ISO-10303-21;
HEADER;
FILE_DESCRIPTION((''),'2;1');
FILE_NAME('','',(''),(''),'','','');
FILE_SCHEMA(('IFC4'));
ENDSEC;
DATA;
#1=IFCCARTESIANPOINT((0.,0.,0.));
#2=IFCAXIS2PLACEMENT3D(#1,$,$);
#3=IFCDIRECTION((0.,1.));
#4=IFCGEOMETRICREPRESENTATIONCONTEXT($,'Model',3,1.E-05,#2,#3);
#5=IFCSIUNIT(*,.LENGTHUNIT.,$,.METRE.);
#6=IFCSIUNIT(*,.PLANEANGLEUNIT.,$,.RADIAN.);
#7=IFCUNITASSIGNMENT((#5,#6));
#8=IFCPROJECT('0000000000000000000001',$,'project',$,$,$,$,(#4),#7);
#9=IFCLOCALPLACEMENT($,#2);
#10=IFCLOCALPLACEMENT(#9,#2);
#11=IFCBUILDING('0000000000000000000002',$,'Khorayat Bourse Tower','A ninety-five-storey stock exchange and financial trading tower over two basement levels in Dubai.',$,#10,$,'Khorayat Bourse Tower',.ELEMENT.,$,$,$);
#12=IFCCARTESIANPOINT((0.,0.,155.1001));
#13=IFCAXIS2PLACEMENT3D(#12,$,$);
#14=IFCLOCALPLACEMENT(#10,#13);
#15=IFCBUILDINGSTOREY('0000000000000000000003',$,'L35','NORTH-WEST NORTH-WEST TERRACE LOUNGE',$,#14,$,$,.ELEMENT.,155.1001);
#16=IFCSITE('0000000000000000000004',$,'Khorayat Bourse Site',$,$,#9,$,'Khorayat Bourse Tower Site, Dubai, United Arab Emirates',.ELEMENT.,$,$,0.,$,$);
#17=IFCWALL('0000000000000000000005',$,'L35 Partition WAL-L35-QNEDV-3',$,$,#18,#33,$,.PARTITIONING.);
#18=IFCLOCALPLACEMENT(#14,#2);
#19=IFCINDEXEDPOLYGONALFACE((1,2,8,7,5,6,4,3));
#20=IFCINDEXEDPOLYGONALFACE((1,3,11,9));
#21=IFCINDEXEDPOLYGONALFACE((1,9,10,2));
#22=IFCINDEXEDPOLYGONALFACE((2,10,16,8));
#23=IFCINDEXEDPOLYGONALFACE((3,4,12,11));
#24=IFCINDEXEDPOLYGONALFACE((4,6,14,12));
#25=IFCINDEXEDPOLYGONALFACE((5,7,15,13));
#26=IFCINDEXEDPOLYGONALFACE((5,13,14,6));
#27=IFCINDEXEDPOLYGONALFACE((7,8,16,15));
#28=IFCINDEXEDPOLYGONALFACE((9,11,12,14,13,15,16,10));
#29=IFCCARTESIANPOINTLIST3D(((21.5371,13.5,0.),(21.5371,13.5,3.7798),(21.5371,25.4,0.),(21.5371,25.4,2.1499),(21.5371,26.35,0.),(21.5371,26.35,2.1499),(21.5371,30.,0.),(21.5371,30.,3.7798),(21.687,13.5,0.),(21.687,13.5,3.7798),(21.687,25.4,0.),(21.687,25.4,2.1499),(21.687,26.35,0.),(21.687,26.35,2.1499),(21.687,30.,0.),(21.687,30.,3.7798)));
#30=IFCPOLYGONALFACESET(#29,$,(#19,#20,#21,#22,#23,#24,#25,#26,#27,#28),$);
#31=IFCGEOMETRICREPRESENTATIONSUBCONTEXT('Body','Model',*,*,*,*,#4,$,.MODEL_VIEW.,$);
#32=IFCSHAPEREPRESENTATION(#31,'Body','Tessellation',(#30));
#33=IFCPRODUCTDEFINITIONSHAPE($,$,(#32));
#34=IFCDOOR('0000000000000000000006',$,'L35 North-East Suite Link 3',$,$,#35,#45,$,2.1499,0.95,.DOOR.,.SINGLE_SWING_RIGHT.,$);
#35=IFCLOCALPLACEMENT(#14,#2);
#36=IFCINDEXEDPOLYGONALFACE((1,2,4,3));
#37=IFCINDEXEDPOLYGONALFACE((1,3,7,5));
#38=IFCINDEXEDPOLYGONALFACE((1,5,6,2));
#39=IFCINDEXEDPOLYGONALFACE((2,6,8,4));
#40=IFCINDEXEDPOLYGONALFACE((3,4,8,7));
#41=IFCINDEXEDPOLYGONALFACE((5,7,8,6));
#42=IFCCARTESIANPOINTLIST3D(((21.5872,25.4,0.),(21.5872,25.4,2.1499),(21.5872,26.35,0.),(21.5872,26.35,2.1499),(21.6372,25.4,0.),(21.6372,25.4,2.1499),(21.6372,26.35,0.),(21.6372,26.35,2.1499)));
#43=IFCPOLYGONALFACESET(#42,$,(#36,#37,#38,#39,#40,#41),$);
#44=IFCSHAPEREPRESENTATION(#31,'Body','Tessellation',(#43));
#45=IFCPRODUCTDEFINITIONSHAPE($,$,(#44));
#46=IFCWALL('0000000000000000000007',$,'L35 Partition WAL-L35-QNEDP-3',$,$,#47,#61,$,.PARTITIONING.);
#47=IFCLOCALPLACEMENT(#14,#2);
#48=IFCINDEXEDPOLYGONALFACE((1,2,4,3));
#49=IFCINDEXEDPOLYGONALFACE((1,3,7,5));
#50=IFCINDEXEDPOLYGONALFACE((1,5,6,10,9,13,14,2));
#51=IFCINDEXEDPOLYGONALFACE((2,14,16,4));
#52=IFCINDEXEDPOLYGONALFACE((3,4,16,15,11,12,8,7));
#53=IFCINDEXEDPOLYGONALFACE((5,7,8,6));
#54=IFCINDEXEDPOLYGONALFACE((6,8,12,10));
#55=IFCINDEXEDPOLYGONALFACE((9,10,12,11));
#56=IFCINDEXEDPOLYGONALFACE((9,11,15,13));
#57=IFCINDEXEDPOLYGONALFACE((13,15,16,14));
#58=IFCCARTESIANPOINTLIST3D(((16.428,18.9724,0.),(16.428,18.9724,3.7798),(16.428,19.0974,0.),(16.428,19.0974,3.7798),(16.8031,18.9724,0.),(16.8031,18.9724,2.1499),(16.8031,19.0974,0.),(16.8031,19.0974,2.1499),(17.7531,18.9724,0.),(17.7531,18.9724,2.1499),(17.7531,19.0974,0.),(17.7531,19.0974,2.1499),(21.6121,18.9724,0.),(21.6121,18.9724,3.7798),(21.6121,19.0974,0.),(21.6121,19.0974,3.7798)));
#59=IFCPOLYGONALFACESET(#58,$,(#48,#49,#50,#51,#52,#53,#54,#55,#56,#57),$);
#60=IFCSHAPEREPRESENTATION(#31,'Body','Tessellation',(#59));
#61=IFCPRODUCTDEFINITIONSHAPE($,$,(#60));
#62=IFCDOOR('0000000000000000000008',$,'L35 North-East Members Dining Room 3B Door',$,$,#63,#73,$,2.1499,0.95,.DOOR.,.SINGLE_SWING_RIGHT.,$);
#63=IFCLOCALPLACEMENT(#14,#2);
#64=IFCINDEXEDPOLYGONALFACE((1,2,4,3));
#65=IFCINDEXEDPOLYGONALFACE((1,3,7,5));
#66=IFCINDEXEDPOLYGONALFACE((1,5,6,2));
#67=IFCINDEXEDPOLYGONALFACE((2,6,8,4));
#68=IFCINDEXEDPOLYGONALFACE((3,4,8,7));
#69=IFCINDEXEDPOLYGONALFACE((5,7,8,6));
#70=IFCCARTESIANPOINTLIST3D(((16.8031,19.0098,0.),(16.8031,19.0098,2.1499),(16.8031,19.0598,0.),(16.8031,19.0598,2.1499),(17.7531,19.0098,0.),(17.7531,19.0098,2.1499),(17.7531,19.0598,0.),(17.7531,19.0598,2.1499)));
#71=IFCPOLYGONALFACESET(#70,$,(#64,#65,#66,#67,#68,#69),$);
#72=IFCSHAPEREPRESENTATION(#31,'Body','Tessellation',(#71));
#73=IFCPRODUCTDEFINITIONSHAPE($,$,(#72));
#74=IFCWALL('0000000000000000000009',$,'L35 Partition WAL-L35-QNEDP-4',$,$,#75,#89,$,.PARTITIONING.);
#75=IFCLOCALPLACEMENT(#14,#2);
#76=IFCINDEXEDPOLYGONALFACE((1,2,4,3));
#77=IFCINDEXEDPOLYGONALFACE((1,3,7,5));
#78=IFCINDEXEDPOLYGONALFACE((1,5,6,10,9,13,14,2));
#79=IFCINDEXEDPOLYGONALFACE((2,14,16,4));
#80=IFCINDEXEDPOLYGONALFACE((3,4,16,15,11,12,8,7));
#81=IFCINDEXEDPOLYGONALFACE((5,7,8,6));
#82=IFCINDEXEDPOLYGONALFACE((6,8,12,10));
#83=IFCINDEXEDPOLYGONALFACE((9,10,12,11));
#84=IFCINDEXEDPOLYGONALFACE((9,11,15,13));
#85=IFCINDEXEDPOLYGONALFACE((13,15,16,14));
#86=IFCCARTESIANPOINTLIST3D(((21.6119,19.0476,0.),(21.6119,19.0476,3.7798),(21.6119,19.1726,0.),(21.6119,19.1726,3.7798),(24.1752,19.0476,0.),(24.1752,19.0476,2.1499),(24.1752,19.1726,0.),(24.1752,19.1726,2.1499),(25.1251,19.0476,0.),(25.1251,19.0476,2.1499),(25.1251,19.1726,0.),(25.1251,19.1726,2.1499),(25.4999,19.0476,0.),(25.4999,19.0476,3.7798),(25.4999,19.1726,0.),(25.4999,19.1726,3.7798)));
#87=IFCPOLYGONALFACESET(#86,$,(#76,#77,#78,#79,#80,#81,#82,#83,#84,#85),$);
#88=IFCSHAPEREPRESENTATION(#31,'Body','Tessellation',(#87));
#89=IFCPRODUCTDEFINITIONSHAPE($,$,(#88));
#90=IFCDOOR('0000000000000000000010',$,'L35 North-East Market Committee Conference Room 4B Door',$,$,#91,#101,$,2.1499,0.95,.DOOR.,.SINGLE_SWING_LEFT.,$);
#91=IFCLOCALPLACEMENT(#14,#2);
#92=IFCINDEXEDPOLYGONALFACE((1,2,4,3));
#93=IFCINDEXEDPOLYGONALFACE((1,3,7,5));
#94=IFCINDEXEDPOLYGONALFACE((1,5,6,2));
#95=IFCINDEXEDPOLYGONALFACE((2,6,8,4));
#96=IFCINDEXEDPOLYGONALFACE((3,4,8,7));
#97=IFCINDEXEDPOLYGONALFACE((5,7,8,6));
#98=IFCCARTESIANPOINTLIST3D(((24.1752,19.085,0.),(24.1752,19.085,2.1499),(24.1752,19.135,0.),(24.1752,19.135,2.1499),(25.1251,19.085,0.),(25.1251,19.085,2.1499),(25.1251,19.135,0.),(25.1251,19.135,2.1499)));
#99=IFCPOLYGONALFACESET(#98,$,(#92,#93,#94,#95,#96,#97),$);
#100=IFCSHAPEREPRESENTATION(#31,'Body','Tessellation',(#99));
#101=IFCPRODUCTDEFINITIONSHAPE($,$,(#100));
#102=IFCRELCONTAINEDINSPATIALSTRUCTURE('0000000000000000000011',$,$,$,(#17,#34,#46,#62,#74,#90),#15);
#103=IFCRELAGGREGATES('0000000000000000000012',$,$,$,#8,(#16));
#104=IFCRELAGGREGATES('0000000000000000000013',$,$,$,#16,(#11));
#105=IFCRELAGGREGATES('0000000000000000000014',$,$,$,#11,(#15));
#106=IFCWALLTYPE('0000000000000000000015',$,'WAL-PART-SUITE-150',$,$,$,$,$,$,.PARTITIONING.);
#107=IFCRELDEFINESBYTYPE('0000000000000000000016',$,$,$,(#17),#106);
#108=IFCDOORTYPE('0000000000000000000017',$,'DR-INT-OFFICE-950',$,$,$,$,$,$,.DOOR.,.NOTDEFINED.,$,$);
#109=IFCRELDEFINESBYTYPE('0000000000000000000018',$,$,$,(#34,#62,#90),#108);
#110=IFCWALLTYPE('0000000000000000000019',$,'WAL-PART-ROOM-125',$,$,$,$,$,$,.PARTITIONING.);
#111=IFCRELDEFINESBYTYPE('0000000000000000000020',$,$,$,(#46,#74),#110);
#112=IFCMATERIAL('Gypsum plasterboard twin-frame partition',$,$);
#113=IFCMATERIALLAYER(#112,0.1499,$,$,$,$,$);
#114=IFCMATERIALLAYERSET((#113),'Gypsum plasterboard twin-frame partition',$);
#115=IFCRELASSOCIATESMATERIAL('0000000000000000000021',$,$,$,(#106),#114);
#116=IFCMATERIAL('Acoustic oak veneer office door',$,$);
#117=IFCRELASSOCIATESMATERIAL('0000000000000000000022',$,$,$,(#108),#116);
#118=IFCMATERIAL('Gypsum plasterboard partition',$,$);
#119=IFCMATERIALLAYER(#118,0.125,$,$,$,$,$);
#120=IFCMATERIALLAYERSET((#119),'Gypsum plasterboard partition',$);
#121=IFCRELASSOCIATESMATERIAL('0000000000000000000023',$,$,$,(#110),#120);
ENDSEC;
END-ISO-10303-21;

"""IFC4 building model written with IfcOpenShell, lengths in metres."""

from ifc_helpers import new_model, si_unit, direction, frame, frame_2d, origin, place, context, subcontext, project, spatial, rectangle, extrude, source, transform, mapped, material, layer, layer_set, type_object, element, fill, save


model = new_model("IFC4")

# Units and contexts
model_context = context("Model", 3, precision=1e-05, world=origin(), true_north=direction((0.0, 1.0)))
body_context = subcontext(model_context, "Body", "Model", "MODEL_VIEW")
ifc_project = project(units=[si_unit("LENGTHUNIT", "METRE"), si_unit("PLANEANGLEUNIT", "RADIAN")], contexts=[model_context])

# Site, building, storey
site_placement = place(None, origin())
site = spatial("IfcSite", under=ifc_project, at=site_placement, Name="Khorayat Bourse Site", LongName="Khorayat Bourse Tower Site, Dubai, United Arab Emirates", CompositionType="ELEMENT", RefElevation=0.0)
building_placement = place(site_placement, origin())
building = spatial("IfcBuilding", under=site, at=building_placement, Name="Khorayat Bourse Tower", Description="A ninety-five-storey stock exchange and financial trading tower over two basement levels in Dubai.", LongName="Khorayat Bourse Tower", CompositionType="ELEMENT")
storey_placement = place(building_placement, frame((0.0, 0.0, 155.1001)))
storey = spatial("IfcBuildingStorey", under=building, at=storey_placement, Name="L35", Description="NORTH-WEST NORTH-WEST TERRACE LOUNGE", CompositionType="ELEMENT", Elevation=155.1001)

# Walls, openings, doors
ifc_material_1 = material(Name="Gypsum plasterboard twin-frame partition")
ifc_layer_1 = layer(ifc_material_1, 0.1499)
ifc_layer_set_1 = layer_set([ifc_layer_1], Name="Gypsum plasterboard twin-frame partition")
wall_type_1 = type_object("IfcWallType", Name="WAL-PART-SUITE-150", PredefinedType="PARTITIONING", material=ifc_layer_set_1)
shared_shape_1 = source(origin(), body_context, "Body", "SweptSolid", [
    extrude(rectangle(XDim=16.5, YDim=0.1499, at=frame_2d((8.25, 0.0))), origin(), (0.0, 0.0, 1.0), 3.7798),
])
shared_shape_2 = source(origin(), body_context, "Body", "SweptSolid", [
    extrude(rectangle(XDim=0.95, YDim=2.1499, at=frame_2d((0.4751, 1.075))), frame((0.0, 0.085, 0.0), z_axis=(0.0, -1.0, 0.0), x_axis=(1.0, 0.0, 0.0)), (0.0, 0.0, 1.0), 0.1699),
])
ifc_material_2 = material(Name="Acoustic oak veneer office door")
door_type = type_object("IfcDoorType", Name="DR-INT-OFFICE-950", OperationType="NOTDEFINED", PredefinedType="DOOR", material=ifc_material_2)
shared_shape_3 = source(origin(), body_context, "Body", "SweptSolid", [
    extrude(rectangle(XDim=0.95, YDim=2.1499, at=frame_2d((0.4751, 1.075))), frame((0.0, 0.0249, 0.0), z_axis=(0.0, -1.0, 0.0), x_axis=(1.0, 0.0, 0.0)), (0.0, 0.0, 1.0), 0.05),
])
wall_1_placement = place(storey_placement, frame((21.6121, 13.5, 0.0), z_axis=(0.0, 0.0, 1.0), x_axis=(0.0, 1.0, 0.0)))
wall_1 = element("IfcWall", 1, at=wall_1_placement, inside=storey, type_object=wall_type_1, Name="L35 Partition WAL-L35-QNEDV-3", PredefinedType="PARTITIONING", context=body_context, shape_type="MappedRepresentation", body=[
    mapped(shared_shape_1, transform((0.0, 0.0, 0.0), scale=1.0)),
])
opening_1_placement = place(wall_1_placement, frame((11.8999, 0.0, 0.0)))
opening_1 = element("IfcOpeningElement", 2, at=opening_1_placement, cuts=wall_1, PredefinedType="OPENING", context=body_context, shape_type="MappedRepresentation", body=[
    mapped(shared_shape_2, transform((0.0, 0.0, 0.0), scale=1.0)),
])
door_1_placement = place(opening_1_placement, origin())
door_1 = element("IfcDoor", 3, at=door_1_placement, inside=storey, type_object=door_type, Name="L35 North-East Suite Link 3", OperationType="SINGLE_SWING_RIGHT", OverallHeight=2.1499, OverallWidth=0.95, PredefinedType="DOOR", context=body_context, shape_type="MappedRepresentation", body=[
    mapped(shared_shape_3, transform((0.0, 0.0, 0.0), scale=1.0)),
])
fill(opening_1, door_1)
ifc_material_3 = material(Name="Gypsum plasterboard partition")
ifc_layer_2 = layer(ifc_material_3, 0.125)
ifc_layer_set_2 = layer_set([ifc_layer_2], Name="Gypsum plasterboard partition")
wall_type_2 = type_object("IfcWallType", Name="WAL-PART-ROOM-125", PredefinedType="PARTITIONING", material=ifc_layer_set_2)
shared_shape_4 = source(origin(), body_context, "Body", "SweptSolid", [
    extrude(rectangle(XDim=5.1841, YDim=0.125, at=frame_2d((2.592, 0.0))), origin(), (0.0, 0.0, 1.0), 3.7798),
])
wall_2_placement = place(storey_placement, frame((16.428, 19.0349, 0.0), z_axis=(0.0, 0.0, 1.0), x_axis=(1.0, 0.0, 0.0)))
wall_2 = element("IfcWall", 4, at=wall_2_placement, inside=storey, type_object=wall_type_2, Name="L35 Partition WAL-L35-QNEDP-3", PredefinedType="PARTITIONING", context=body_context, shape_type="MappedRepresentation", body=[
    mapped(shared_shape_4, transform((0.0, 0.0, 0.0), scale=1.0)),
])
shared_shape_5 = source(origin(), body_context, "Body", "SweptSolid", [
    extrude(rectangle(XDim=0.95, YDim=2.1499, at=frame_2d((0.4751, 1.075))), frame((0.0, 0.0725, 0.0), z_axis=(0.0, -1.0, 0.0), x_axis=(1.0, 0.0, 0.0)), (0.0, 0.0, 1.0), 0.145),
])
opening_2_placement = place(wall_2_placement, frame((0.375, 0.0, 0.0)))
opening_2 = element("IfcOpeningElement", 5, at=opening_2_placement, cuts=wall_2, PredefinedType="OPENING", context=body_context, shape_type="MappedRepresentation", body=[
    mapped(shared_shape_5, transform((0.0, 0.0, 0.0), scale=1.0)),
])
door_2_placement = place(opening_2_placement, origin())
door_2 = element("IfcDoor", 6, at=door_2_placement, inside=storey, type_object=door_type, Name="L35 North-East Members Dining Room 3B Door", OperationType="SINGLE_SWING_RIGHT", OverallHeight=2.1499, OverallWidth=0.95, PredefinedType="DOOR", context=body_context, shape_type="MappedRepresentation", body=[
    mapped(shared_shape_3, transform((0.0, 0.0, 0.0), scale=1.0)),
])
fill(opening_2, door_2)
shared_shape_6 = source(origin(), body_context, "Body", "SweptSolid", [
    extrude(rectangle(XDim=3.8879, YDim=0.125, at=frame_2d((1.9438, 0.0))), origin(), (0.0, 0.0, 1.0), 3.7798),
])
wall_3_placement = place(storey_placement, frame((21.6121, 19.1101, 0.0), z_axis=(0.0, 0.0, 1.0), x_axis=(1.0, 0.0, 0.0)))
wall_3 = element("IfcWall", 7, at=wall_3_placement, inside=storey, type_object=wall_type_2, Name="L35 Partition WAL-L35-QNEDP-4", PredefinedType="PARTITIONING", context=body_context, shape_type="MappedRepresentation", body=[
    mapped(shared_shape_6, transform((0.0, 0.0, 0.0), scale=1.0)),
])
opening_3_placement = place(wall_3_placement, frame((2.563, 0.0, 0.0)))
opening_3 = element("IfcOpeningElement", 8, at=opening_3_placement, cuts=wall_3, PredefinedType="OPENING", context=body_context, shape_type="MappedRepresentation", body=[
    mapped(shared_shape_5, transform((0.0, 0.0, 0.0), scale=1.0)),
])
door_3_placement = place(opening_3_placement, origin())
door_3 = element("IfcDoor", 9, at=door_3_placement, inside=storey, type_object=door_type, Name="L35 North-East Market Committee Conference Room 4B Door", OperationType="SINGLE_SWING_LEFT", OverallHeight=2.1499, OverallWidth=0.95, PredefinedType="DOOR", context=body_context, shape_type="MappedRepresentation", body=[
    mapped(shared_shape_3, transform((0.0, 0.0, 0.0), scale=1.0)),
])
fill(opening_3, door_3)

save(model, "model.ifc")
